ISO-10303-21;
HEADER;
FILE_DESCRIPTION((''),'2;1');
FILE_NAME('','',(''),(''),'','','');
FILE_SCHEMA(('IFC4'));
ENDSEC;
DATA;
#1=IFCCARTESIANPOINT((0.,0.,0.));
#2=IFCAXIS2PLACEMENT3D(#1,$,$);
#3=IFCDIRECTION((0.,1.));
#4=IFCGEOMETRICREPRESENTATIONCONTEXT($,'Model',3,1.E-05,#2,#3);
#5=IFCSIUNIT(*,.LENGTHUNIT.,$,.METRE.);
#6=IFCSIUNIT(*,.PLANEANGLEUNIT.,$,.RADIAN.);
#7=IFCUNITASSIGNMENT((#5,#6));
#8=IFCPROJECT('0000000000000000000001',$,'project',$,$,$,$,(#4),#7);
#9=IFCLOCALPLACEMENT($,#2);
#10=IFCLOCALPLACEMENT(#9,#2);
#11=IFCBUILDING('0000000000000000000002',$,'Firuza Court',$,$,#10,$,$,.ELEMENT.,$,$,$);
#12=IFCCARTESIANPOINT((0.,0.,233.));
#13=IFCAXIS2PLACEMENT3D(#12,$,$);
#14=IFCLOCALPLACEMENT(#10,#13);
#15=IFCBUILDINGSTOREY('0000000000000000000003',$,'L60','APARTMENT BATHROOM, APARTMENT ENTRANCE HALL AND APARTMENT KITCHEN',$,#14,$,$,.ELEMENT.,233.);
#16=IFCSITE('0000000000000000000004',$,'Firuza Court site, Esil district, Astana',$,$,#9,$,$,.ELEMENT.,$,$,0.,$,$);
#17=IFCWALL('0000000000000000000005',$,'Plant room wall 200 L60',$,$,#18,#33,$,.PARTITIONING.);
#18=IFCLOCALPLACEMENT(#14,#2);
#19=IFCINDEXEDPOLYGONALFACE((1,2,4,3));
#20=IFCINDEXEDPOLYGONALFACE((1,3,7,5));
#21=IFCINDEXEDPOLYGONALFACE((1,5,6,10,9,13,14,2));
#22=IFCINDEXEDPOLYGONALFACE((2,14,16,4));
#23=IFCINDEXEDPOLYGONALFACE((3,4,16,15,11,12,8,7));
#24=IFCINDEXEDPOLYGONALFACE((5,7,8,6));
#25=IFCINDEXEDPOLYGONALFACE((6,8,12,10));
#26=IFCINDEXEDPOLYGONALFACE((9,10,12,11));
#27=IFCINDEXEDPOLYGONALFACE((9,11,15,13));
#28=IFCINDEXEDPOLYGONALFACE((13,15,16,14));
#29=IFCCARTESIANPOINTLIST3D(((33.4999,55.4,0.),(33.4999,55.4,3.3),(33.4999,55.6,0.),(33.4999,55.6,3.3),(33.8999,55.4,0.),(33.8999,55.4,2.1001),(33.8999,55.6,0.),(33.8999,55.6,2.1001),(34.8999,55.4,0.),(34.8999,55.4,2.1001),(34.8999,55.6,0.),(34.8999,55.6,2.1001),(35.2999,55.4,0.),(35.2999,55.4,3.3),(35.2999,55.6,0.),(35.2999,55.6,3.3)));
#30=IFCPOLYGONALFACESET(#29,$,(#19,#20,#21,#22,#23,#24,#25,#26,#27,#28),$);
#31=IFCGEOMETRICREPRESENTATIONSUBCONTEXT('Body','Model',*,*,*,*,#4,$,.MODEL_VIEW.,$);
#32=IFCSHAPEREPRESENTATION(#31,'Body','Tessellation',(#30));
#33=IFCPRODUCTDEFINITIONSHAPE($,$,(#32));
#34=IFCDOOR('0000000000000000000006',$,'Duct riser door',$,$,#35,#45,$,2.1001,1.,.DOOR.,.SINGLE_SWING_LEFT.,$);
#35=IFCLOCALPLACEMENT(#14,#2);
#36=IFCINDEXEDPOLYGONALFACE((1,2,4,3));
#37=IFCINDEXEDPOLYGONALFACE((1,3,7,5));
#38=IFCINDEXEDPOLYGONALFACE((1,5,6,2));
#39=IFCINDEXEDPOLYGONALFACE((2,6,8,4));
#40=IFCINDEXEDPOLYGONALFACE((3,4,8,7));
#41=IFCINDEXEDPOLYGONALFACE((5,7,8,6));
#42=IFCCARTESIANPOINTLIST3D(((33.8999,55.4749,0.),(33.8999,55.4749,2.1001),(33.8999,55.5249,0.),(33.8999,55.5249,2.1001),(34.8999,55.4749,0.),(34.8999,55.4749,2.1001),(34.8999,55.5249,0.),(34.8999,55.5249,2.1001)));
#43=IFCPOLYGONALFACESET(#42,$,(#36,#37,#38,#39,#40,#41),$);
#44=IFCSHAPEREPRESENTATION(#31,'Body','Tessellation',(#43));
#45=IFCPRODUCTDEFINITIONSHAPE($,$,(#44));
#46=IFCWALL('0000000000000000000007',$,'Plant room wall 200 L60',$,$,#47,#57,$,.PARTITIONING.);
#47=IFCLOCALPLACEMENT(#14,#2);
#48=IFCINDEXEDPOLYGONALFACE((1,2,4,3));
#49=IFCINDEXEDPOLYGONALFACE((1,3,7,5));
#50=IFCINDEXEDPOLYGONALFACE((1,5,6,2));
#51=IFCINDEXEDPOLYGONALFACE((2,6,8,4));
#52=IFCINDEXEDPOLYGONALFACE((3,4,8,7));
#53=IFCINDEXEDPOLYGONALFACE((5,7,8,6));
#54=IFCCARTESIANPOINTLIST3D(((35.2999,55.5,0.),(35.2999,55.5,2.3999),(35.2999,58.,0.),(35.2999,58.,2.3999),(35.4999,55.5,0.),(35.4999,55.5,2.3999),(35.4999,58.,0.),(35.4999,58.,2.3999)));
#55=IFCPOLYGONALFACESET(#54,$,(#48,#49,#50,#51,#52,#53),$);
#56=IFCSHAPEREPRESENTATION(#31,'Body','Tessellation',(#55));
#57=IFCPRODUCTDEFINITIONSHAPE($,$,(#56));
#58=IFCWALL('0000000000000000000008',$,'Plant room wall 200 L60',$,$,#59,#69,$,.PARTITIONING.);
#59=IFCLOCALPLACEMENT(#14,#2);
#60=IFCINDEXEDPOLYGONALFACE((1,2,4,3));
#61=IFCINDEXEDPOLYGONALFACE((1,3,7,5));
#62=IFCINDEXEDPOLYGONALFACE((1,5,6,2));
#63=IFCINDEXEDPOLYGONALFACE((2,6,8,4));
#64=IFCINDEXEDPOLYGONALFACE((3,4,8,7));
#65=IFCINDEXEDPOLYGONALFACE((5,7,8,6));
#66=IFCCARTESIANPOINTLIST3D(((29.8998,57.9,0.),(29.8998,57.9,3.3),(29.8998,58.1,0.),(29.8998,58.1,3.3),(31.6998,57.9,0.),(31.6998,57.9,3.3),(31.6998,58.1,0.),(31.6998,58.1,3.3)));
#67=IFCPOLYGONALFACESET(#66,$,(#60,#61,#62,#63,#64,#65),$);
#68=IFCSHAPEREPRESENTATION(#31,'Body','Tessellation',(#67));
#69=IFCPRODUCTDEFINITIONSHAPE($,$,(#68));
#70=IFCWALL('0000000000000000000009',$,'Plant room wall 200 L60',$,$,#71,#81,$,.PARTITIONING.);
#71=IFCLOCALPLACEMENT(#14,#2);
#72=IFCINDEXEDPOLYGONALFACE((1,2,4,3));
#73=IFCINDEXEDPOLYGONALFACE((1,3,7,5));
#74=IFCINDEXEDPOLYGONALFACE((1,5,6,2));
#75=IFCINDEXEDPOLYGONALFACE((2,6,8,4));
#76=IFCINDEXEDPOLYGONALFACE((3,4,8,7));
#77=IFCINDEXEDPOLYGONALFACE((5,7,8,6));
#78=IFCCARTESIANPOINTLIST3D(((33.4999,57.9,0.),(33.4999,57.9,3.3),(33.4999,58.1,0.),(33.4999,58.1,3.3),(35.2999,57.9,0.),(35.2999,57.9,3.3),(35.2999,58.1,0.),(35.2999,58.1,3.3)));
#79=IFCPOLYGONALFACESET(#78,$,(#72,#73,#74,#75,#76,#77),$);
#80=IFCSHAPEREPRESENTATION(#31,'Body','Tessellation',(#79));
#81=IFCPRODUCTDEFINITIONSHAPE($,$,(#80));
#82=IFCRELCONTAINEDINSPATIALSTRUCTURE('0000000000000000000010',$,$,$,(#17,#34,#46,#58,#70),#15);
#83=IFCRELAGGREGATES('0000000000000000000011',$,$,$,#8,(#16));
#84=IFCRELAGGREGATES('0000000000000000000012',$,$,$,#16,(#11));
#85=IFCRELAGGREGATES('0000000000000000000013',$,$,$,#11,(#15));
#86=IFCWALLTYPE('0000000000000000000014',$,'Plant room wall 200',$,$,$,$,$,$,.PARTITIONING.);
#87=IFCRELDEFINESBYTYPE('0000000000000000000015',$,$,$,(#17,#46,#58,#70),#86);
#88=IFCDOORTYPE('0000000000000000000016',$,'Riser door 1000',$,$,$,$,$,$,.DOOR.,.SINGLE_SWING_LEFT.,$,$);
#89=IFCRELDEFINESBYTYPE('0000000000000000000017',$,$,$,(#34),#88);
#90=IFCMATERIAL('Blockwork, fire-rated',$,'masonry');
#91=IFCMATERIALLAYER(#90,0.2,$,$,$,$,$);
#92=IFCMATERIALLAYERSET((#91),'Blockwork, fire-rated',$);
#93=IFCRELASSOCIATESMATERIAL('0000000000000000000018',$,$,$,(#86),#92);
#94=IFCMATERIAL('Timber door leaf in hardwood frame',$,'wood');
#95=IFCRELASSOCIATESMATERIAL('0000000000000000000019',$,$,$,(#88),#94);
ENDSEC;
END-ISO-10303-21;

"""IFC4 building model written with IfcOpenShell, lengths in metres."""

from ifc_helpers import new_model, si_unit, direction, frame, frame_2d, origin, place, context, subcontext, project, spatial, rectangle, extrude, material, layer, layer_set, type_object, element, fill, save


model = new_model("IFC4")

# Units and contexts
model_context = context("Model", 3, precision=1e-05, world=origin(), true_north=direction((0.0, 1.0)))
body_context = subcontext(model_context, "Body", "Model", "MODEL_VIEW")
ifc_project = project(units=[si_unit("LENGTHUNIT", "METRE"), si_unit("PLANEANGLEUNIT", "RADIAN")], contexts=[model_context])

# Site, building, storey
site_placement = place(None, origin())
site = spatial("IfcSite", under=ifc_project, at=site_placement, Name="Firuza Court site, Esil district, Astana", CompositionType="ELEMENT", RefElevation=0.0)
building_placement = place(site_placement, origin())
building = spatial("IfcBuilding", under=site, at=building_placement, Name="Firuza Court", CompositionType="ELEMENT")
storey_placement = place(building_placement, frame((0.0, 0.0, 233.0)))
storey = spatial("IfcBuildingStorey", under=building, at=storey_placement, Name="L60", Description="APARTMENT BATHROOM, APARTMENT ENTRANCE HALL AND APARTMENT KITCHEN", CompositionType="ELEMENT", Elevation=233.0)

# Shared definitions
ifc_material_1 = material(Name="Blockwork, fire-rated", Category="masonry")
ifc_layer_1 = layer(ifc_material_1, 0.2)
ifc_layer_set_1 = layer_set([ifc_layer_1], Name="Blockwork, fire-rated")
wall_type_1 = type_object("IfcWallType", Name="Plant room wall 200", PredefinedType="PARTITIONING", material=ifc_layer_set_1)

# Shared definitions
ifc_material_2 = material(Name="Timber door leaf in hardwood frame", Category="wood")
door_type = type_object("IfcDoorType", Name="Riser door 1000", OperationType="SINGLE_SWING_LEFT", PredefinedType="DOOR", material=ifc_material_2)

# Wall, opening, door
wall_1_placement = place(storey_placement, frame((33.5, 55.5, 0.0), z_axis=(0.0, 0.0, 1.0), x_axis=(1.0, 0.0, 0.0)))
wall_1 = element("IfcWall", 1, at=wall_1_placement, inside=storey, type_object=wall_type_1, Name="Plant room wall 200 L60", PredefinedType="PARTITIONING", context=body_context, shape_type="SweptSolid", body=[
    extrude(rectangle(XDim=1.8, YDim=0.2, at=frame_2d((0.8999, 0.0))), origin(), (0.0, 0.0, 1.0), 3.3),
])
opening_1_placement = place(wall_1_placement, frame((0.3999, 0.0, 0.0)))
opening_1 = element("IfcOpeningElement", 2, at=opening_1_placement, cuts=wall_1, PredefinedType="OPENING", context=body_context, shape_type="SweptSolid", body=[
    extrude(rectangle(XDim=1.0, YDim=2.1001, at=frame_2d((0.5, 1.05))), frame((0.0, 0.1118, 0.0), z_axis=(0.0, -1.0, 0.0), x_axis=(1.0, 0.0, 0.0)), (0.0, 0.0, 1.0), 0.2239),
])
door_1_placement = place(opening_1_placement, origin())
door_1 = element("IfcDoor", 3, at=door_1_placement, inside=storey, type_object=door_type, Name="Duct riser door", OperationType="SINGLE_SWING_LEFT", OverallHeight=2.1001, OverallWidth=1.0, PredefinedType="DOOR", context=body_context, shape_type="SweptSolid", body=[
    extrude(rectangle(XDim=1.0, YDim=2.1001, at=frame_2d((0.5, 1.05))), frame((0.0, 0.0249, 0.0), z_axis=(0.0, -1.0, 0.0), x_axis=(1.0, 0.0, 0.0)), (0.0, 0.0, 1.0), 0.05),
])
fill(opening_1, door_1)

# Walls
wall_2_placement = place(storey_placement, frame((35.3999, 55.5, 0.0), z_axis=(0.0, 0.0, 1.0), x_axis=(0.0, 1.0, 0.0)))
element("IfcWall", 4, at=wall_2_placement, inside=storey, type_object=wall_type_1, Name="Plant room wall 200 L60", PredefinedType="PARTITIONING", context=body_context, shape_type="SweptSolid", body=[
    extrude(rectangle(XDim=2.5, YDim=0.2, at=frame_2d((1.25, 0.0))), origin(), (0.0, 0.0, 1.0), 2.3999),
])
for number, where, z_axis, x_axis, name in (
    (5, (29.8999, 58.0, 0.0), (0.0, 0.0, 1.0), (1.0, 0.0, 0.0), "Plant room wall 200 L60"),
    (6, (33.5, 58.0, 0.0), (0.0, 0.0, 1.0), (1.0, 0.0, 0.0), "Plant room wall 200 L60"),
):
    element("IfcWall", number, at=place(storey_placement, frame(where, z_axis=z_axis, x_axis=x_axis)), inside=storey, type_object=wall_type_1, Name=name, PredefinedType="PARTITIONING", context=body_context, shape_type="SweptSolid", body=[
        extrude(rectangle(XDim=1.8, YDim=0.2, at=frame_2d((0.8999, 0.0))), origin(), (0.0, 0.0, 1.0), 3.3),
    ])

save(model, "model.ifc")
